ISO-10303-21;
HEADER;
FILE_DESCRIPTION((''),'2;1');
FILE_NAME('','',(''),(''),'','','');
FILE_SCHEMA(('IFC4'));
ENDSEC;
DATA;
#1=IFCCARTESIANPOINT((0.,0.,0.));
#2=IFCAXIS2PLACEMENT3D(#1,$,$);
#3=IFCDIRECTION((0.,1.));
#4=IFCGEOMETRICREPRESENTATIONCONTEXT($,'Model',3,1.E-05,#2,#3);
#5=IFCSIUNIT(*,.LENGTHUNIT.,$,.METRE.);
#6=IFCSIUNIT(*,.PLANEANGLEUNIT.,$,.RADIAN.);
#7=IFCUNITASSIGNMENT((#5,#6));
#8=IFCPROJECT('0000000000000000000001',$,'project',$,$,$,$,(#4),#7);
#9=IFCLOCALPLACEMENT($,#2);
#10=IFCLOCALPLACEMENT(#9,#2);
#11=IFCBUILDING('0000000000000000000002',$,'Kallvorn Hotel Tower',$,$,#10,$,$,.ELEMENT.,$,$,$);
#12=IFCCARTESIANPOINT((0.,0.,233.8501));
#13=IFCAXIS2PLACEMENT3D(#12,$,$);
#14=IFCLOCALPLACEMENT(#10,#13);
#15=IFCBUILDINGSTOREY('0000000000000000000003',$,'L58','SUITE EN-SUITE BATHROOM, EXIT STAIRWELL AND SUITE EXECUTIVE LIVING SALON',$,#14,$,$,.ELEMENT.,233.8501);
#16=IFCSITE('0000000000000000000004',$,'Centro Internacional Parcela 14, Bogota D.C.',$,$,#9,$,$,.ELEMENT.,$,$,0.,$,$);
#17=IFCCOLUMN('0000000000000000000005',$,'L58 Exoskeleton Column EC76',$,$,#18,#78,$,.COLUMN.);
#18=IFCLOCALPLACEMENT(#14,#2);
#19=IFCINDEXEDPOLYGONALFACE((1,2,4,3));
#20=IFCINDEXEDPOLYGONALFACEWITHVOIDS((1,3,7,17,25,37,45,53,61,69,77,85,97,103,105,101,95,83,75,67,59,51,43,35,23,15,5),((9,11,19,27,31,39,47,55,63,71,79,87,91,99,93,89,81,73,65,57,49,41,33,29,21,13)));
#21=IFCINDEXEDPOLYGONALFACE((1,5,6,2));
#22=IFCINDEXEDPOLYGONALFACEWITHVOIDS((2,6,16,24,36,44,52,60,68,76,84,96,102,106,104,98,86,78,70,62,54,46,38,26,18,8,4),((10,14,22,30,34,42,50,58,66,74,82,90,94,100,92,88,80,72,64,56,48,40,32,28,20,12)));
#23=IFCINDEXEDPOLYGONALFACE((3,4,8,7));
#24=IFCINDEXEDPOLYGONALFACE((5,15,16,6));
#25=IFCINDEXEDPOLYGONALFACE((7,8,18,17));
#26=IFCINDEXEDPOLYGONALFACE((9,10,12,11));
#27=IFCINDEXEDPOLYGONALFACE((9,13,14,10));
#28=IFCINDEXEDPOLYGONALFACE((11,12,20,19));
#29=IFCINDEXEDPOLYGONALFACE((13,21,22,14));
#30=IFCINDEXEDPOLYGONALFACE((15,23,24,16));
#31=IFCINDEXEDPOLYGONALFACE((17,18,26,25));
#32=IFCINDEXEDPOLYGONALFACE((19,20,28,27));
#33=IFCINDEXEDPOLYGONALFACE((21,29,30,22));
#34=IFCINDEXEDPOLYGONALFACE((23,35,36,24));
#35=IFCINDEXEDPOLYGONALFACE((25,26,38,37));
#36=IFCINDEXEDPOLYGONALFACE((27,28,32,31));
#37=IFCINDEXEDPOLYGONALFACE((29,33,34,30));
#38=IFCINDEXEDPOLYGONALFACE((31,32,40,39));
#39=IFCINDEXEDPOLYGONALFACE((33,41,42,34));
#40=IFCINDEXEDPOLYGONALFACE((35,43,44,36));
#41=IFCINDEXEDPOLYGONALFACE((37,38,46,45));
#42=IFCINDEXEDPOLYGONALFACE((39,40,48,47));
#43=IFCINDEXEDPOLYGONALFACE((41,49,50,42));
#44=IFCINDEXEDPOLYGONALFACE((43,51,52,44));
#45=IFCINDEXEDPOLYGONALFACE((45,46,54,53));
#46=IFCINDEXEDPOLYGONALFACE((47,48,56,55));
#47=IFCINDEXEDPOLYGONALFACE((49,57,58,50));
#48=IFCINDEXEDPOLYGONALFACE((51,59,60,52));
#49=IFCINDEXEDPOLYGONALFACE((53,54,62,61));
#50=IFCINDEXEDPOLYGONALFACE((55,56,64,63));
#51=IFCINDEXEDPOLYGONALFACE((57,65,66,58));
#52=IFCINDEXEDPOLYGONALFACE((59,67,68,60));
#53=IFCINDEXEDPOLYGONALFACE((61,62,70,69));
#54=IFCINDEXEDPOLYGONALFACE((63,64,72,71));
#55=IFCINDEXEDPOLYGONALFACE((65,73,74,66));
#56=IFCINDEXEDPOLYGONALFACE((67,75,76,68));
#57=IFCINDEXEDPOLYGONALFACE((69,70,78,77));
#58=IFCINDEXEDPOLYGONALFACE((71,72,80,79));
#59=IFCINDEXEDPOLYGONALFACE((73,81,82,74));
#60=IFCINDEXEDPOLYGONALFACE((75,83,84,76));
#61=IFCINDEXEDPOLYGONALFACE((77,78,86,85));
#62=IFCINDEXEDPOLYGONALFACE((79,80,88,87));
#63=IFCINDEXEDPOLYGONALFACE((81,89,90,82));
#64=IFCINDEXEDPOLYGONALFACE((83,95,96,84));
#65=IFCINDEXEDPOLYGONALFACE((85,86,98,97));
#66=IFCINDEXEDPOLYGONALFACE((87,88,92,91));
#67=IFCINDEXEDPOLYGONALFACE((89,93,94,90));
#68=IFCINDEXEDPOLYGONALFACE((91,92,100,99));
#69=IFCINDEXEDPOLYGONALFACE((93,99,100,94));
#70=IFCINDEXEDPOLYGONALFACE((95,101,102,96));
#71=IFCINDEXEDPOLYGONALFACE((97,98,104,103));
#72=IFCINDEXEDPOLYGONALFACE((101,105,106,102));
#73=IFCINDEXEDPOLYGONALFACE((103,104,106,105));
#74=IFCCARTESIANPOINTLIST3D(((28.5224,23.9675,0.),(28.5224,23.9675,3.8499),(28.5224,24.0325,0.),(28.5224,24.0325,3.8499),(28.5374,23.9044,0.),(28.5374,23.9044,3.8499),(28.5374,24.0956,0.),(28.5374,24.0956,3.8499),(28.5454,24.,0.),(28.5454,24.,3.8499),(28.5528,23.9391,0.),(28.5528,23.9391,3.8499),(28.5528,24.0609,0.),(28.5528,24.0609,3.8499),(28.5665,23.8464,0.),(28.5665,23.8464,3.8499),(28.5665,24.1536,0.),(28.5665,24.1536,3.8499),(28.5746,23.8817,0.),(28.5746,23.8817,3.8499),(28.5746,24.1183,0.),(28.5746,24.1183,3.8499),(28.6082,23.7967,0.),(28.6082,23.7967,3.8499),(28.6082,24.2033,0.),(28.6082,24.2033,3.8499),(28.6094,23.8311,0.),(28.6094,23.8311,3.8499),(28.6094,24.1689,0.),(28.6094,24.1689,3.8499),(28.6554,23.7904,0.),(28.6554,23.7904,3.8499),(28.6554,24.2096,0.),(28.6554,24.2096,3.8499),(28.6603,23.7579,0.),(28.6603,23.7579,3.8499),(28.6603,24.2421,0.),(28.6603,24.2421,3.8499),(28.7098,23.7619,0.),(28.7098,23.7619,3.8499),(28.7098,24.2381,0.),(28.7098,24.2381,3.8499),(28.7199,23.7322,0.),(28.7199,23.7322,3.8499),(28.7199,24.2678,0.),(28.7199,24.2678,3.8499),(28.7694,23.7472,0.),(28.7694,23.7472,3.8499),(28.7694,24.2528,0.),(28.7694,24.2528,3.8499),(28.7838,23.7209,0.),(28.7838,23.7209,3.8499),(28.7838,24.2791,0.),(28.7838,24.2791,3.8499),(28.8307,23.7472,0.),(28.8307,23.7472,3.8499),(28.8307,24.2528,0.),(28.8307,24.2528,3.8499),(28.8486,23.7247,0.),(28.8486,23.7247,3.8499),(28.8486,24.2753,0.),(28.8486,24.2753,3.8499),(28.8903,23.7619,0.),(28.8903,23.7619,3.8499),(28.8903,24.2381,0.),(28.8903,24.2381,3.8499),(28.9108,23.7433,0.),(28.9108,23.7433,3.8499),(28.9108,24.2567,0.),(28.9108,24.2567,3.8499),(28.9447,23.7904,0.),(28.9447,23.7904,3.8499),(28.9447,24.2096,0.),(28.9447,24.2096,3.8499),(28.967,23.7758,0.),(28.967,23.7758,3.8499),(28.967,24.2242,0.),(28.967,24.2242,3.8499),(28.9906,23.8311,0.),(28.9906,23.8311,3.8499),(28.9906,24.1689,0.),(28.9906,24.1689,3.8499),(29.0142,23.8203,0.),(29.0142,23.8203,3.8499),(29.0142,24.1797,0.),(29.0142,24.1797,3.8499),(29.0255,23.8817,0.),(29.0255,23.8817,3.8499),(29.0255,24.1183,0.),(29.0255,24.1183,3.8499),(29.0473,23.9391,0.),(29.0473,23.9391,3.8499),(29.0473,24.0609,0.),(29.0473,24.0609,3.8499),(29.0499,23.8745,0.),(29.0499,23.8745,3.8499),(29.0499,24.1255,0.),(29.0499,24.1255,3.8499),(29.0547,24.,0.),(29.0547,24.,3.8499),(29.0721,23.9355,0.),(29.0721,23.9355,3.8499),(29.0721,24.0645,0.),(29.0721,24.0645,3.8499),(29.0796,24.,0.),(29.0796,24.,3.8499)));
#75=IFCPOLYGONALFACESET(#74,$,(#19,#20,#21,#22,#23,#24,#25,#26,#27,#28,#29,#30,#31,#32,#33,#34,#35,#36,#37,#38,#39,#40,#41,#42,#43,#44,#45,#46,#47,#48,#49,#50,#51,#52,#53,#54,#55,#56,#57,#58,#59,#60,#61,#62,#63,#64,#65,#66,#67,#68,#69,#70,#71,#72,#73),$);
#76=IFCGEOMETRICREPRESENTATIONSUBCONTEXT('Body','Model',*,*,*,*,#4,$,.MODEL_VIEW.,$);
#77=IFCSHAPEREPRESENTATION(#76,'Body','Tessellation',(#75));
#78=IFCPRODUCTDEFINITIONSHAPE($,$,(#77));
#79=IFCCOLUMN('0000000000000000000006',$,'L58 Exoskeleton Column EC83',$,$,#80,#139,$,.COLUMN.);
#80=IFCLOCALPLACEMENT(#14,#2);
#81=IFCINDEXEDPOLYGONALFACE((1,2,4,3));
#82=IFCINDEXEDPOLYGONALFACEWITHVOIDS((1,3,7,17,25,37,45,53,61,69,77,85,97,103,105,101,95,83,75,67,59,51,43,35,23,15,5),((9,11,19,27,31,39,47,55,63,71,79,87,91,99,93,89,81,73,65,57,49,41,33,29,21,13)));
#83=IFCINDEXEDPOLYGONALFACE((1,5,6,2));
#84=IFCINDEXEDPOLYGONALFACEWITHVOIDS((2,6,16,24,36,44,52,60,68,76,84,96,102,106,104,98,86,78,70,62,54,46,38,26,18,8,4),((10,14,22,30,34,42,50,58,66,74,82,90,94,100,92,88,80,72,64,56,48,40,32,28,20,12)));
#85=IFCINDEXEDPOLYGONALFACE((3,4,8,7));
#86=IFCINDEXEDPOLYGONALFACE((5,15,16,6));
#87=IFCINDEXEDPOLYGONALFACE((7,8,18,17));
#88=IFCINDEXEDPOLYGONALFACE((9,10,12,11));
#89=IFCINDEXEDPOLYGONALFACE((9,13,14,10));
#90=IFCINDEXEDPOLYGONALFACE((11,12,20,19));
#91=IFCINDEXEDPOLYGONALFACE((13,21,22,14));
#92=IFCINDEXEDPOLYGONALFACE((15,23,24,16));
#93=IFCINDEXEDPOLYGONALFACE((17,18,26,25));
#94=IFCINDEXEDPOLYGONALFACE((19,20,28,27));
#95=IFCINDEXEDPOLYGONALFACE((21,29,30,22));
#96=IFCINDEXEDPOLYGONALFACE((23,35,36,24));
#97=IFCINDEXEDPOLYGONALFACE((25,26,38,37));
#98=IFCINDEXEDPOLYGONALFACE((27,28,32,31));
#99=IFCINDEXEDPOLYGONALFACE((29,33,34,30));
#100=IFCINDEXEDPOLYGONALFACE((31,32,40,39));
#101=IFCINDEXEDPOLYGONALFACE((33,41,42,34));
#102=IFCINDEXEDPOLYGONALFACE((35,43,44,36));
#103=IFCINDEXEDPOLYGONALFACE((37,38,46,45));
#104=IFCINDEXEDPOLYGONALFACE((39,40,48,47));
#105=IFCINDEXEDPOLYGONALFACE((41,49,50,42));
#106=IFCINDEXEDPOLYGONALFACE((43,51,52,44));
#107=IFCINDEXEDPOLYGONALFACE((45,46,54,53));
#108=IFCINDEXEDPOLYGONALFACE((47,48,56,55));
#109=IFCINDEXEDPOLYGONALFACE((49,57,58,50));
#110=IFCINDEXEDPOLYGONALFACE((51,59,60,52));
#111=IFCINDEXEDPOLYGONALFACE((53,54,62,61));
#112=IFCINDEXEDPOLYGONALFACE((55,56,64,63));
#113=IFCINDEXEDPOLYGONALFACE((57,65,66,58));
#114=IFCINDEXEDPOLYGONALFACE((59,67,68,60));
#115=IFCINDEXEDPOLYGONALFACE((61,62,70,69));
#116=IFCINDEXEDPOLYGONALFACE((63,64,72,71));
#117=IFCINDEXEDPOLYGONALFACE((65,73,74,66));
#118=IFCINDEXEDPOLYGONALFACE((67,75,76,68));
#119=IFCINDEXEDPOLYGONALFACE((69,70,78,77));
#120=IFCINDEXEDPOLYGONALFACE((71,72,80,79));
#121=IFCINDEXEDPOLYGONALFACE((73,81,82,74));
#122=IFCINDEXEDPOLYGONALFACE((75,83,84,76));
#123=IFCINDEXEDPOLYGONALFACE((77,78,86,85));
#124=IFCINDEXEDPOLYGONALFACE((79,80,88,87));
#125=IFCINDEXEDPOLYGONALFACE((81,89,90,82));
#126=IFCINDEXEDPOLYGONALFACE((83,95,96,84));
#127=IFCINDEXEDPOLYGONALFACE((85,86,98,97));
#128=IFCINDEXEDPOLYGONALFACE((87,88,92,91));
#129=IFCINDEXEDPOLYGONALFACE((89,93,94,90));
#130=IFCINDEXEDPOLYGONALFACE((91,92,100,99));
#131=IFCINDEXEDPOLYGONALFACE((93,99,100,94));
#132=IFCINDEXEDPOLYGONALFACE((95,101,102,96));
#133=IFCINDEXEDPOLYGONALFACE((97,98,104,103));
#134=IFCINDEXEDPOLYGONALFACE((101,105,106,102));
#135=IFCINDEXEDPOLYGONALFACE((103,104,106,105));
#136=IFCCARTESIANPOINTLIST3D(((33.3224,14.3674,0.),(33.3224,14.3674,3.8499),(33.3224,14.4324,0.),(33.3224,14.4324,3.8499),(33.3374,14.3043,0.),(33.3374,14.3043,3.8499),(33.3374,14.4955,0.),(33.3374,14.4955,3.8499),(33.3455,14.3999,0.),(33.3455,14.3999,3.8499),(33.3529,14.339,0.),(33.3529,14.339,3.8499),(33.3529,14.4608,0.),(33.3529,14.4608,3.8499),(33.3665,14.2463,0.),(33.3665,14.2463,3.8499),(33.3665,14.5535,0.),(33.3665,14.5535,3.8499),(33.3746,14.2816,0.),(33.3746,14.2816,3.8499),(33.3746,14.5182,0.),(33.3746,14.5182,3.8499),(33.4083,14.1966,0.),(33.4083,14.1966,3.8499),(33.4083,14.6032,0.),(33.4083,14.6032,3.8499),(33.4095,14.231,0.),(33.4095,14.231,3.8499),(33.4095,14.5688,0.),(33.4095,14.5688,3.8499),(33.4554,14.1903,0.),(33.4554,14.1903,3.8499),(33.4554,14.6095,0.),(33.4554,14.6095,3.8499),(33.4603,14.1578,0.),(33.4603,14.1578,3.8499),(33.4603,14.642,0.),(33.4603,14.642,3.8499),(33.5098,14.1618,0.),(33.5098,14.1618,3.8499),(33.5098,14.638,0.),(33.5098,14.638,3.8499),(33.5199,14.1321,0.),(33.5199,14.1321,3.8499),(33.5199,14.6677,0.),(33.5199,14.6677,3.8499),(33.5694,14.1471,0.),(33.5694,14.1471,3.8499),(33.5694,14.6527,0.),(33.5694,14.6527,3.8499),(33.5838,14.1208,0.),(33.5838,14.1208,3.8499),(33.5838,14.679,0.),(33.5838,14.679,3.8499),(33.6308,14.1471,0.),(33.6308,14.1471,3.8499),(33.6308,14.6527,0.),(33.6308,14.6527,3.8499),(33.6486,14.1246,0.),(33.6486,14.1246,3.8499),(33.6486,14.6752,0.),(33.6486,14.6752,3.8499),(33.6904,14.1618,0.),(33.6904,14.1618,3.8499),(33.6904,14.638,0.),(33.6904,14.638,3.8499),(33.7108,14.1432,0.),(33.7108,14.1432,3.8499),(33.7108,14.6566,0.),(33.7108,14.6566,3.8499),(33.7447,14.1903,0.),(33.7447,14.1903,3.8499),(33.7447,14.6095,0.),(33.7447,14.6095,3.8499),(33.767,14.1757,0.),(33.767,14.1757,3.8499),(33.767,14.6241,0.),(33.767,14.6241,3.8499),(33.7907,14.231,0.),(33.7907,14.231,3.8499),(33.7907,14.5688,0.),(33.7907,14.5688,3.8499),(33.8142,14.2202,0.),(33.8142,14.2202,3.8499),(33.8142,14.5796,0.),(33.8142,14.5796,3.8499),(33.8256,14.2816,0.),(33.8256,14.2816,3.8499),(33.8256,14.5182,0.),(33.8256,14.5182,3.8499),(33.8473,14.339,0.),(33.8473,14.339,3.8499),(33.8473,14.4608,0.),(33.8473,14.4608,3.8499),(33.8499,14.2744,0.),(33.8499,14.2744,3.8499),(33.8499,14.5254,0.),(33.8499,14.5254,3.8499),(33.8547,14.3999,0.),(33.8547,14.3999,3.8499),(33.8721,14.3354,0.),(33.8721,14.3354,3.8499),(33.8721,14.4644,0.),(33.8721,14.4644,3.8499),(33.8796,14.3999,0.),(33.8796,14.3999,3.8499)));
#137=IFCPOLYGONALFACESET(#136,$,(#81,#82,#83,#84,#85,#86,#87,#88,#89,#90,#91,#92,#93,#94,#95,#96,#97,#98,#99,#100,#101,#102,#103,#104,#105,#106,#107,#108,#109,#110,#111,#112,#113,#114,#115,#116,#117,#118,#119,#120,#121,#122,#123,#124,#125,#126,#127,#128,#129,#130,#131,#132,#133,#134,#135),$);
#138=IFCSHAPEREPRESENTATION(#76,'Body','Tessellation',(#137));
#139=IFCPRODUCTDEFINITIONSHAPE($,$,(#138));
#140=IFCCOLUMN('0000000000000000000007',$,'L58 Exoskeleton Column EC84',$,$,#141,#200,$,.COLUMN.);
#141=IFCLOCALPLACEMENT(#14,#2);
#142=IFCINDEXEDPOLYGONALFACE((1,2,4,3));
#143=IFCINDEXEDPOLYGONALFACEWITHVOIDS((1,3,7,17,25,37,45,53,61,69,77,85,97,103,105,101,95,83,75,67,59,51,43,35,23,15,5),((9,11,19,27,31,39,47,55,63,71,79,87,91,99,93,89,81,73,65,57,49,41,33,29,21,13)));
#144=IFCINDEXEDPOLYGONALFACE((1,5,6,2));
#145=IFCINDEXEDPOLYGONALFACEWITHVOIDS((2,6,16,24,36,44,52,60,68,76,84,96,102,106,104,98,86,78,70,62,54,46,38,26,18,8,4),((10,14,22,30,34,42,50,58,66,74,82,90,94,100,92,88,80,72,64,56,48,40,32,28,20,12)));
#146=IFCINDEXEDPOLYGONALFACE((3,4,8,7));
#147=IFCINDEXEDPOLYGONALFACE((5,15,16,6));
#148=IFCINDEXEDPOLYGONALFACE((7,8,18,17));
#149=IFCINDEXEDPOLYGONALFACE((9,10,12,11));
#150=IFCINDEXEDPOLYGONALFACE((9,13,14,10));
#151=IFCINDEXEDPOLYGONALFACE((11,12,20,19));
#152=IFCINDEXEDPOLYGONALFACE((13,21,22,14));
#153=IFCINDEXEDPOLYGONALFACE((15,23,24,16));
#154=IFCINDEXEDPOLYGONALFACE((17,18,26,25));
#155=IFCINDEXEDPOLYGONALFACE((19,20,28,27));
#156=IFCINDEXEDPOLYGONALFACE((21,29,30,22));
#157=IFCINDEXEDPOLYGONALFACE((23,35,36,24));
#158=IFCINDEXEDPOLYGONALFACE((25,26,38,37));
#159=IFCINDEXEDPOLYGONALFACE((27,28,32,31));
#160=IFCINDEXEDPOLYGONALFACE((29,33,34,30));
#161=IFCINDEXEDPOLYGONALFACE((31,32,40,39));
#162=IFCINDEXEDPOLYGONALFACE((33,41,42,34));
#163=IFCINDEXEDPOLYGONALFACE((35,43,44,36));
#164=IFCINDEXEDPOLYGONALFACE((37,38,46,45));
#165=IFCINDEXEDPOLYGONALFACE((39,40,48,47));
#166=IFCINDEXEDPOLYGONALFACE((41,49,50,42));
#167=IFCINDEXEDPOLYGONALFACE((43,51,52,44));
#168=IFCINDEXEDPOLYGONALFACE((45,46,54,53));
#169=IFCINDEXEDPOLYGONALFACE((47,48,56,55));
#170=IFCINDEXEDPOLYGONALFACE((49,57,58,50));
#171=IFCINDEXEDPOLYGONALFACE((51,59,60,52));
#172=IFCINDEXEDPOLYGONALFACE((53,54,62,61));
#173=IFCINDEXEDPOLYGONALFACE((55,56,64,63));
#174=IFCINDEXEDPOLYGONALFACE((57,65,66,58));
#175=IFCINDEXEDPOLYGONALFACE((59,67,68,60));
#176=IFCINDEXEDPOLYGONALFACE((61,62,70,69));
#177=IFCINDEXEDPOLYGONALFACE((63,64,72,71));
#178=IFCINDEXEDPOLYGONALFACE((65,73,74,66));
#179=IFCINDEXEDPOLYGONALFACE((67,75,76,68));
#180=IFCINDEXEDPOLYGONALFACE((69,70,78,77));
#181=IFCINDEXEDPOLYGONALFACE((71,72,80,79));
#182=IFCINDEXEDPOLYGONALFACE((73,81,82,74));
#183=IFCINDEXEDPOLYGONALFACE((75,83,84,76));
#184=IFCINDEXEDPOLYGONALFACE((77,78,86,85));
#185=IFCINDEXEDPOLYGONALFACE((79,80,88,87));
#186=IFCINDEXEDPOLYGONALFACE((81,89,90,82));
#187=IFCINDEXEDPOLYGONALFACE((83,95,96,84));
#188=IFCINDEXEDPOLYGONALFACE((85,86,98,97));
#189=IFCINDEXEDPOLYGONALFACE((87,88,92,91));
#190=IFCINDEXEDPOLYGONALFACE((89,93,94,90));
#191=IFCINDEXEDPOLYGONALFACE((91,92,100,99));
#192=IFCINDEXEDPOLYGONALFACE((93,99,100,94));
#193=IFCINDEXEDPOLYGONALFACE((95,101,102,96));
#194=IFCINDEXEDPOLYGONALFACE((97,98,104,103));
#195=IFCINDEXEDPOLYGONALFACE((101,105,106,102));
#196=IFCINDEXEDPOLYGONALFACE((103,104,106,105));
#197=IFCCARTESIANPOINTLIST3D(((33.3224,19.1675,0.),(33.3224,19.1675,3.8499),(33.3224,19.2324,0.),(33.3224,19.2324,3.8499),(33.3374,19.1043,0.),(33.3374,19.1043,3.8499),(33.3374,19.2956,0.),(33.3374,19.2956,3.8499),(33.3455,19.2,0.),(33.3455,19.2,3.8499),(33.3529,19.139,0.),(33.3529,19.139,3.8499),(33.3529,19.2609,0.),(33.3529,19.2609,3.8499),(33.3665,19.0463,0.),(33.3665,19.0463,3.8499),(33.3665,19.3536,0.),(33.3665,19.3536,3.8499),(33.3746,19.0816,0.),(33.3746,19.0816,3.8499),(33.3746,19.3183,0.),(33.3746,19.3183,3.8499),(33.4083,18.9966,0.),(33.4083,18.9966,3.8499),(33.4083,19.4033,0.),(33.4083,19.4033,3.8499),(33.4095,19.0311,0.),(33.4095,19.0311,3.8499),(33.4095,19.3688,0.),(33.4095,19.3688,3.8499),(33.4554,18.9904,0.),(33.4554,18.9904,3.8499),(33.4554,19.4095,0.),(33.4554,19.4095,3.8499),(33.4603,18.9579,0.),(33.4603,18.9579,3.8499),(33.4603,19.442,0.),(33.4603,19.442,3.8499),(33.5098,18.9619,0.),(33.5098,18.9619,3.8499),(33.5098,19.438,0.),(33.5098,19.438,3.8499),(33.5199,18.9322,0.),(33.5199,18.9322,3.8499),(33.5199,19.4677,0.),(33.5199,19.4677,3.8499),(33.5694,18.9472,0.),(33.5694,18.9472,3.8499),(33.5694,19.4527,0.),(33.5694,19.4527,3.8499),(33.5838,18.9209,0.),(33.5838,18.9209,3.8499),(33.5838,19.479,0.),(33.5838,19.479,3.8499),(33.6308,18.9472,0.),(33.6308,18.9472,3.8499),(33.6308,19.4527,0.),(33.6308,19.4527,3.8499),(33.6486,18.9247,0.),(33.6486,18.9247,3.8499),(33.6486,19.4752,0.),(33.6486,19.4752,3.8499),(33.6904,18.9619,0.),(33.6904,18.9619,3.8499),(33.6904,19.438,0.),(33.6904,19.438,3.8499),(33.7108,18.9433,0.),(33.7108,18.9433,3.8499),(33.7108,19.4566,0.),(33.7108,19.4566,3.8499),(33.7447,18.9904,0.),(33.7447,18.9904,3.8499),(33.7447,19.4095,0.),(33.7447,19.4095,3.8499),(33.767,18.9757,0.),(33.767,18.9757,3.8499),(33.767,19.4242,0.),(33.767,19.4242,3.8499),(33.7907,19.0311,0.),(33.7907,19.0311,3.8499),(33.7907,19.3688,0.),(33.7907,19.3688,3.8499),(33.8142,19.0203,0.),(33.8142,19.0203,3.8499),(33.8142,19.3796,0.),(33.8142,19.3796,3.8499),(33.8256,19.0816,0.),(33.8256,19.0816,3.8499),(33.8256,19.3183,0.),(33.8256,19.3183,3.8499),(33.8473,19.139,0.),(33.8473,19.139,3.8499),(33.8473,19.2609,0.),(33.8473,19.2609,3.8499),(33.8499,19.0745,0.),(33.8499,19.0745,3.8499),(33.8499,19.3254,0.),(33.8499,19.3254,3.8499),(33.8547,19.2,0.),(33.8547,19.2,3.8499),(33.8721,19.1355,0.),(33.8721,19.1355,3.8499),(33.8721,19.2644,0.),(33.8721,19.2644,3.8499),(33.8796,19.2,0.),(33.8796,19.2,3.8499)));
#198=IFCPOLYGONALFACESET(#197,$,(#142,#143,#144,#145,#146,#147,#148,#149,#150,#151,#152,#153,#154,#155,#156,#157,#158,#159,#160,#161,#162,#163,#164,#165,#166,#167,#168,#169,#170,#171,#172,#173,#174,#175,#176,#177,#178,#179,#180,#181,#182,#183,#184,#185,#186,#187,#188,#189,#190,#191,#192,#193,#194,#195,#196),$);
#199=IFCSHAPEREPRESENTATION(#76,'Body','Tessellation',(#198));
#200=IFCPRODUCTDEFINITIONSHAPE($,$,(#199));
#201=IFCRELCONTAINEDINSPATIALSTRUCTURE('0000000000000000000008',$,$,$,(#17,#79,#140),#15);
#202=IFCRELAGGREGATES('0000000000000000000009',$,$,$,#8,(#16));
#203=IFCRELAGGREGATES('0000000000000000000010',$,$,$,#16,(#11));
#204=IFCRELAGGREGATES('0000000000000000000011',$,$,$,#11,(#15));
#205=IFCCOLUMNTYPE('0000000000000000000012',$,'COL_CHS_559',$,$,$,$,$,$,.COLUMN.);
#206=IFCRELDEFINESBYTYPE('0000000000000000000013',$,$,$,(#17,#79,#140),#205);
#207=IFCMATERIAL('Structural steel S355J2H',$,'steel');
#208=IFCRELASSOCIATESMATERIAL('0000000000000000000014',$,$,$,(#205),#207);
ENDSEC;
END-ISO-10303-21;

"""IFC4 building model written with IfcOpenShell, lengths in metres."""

from ifc_helpers import new_model, si_unit, direction, frame, origin, origin_2d, place, context, subcontext, project, spatial, hollow_circle, extrude, material, material_profile, profile_set, type_object, element, save


model = new_model("IFC4")

# Units and contexts
model_context = context("Model", 3, precision=1e-05, world=origin(), true_north=direction((0.0, 1.0)))
body_context = subcontext(model_context, "Body", "Model", "MODEL_VIEW")
ifc_project = project(units=[si_unit("LENGTHUNIT", "METRE"), si_unit("PLANEANGLEUNIT", "RADIAN")], contexts=[model_context])

# Site, building, storey
site_placement = place(None, origin())
site = spatial("IfcSite", under=ifc_project, at=site_placement, Name="Centro Internacional Parcela 14, Bogota D.C.", CompositionType="ELEMENT", RefElevation=0.0)
building_placement = place(site_placement, origin())
building = spatial("IfcBuilding", under=site, at=building_placement, Name="Kallvorn Hotel Tower", CompositionType="ELEMENT")
storey_placement = place(building_placement, frame((0.0, 0.0, 233.8501)))
storey = spatial("IfcBuildingStorey", under=building, at=storey_placement, Name="L58", Description="SUITE EN-SUITE BATHROOM, EXIT STAIRWELL AND SUITE EXECUTIVE LIVING SALON", CompositionType="ELEMENT", Elevation=233.8501)

# Columns
ifc_material_1 = material(Name="Structural steel S355J2H", Category="steel")
ifc_material_profile_1 = material_profile(ifc_material_1, hollow_circle(Radius=0.2795, WallThickness=0.0249, at=origin_2d()), Name="CHS 559x25")
ifc_profile_set_1 = profile_set([ifc_material_profile_1], Name="Structural steel S355J2H")
column_type = type_object("IfcColumnType", Name="COL_CHS_559", PredefinedType="COLUMN", material=ifc_profile_set_1)
for number, where, z_axis, x_axis, name in (
    (1, (28.8, 24.0, 0.0), (0.0, 0.0, 1.0), (1.0, 0.0, 0.0), "L58 Exoskeleton Column EC76"),
    (2, (33.6001, 14.3999, 0.0), (0.0, 0.0, 1.0), (1.0, 0.0, 0.0), "L58 Exoskeleton Column EC83"),
    (3, (33.6001, 19.2, 0.0), (0.0, 0.0, 1.0), (1.0, 0.0, 0.0), "L58 Exoskeleton Column EC84"),
):
    element("IfcColumn", number, at=place(storey_placement, frame(where, z_axis=z_axis, x_axis=x_axis)), inside=storey, type_object=column_type, Name=name, PredefinedType="COLUMN", context=body_context, shape_type="SweptSolid", body=[
        extrude(hollow_circle(Radius=0.2795, WallThickness=0.0249, at=origin_2d()), origin(), (0.0, 0.0, 1.0), 3.8499),
    ])

save(model, "model.ifc")
